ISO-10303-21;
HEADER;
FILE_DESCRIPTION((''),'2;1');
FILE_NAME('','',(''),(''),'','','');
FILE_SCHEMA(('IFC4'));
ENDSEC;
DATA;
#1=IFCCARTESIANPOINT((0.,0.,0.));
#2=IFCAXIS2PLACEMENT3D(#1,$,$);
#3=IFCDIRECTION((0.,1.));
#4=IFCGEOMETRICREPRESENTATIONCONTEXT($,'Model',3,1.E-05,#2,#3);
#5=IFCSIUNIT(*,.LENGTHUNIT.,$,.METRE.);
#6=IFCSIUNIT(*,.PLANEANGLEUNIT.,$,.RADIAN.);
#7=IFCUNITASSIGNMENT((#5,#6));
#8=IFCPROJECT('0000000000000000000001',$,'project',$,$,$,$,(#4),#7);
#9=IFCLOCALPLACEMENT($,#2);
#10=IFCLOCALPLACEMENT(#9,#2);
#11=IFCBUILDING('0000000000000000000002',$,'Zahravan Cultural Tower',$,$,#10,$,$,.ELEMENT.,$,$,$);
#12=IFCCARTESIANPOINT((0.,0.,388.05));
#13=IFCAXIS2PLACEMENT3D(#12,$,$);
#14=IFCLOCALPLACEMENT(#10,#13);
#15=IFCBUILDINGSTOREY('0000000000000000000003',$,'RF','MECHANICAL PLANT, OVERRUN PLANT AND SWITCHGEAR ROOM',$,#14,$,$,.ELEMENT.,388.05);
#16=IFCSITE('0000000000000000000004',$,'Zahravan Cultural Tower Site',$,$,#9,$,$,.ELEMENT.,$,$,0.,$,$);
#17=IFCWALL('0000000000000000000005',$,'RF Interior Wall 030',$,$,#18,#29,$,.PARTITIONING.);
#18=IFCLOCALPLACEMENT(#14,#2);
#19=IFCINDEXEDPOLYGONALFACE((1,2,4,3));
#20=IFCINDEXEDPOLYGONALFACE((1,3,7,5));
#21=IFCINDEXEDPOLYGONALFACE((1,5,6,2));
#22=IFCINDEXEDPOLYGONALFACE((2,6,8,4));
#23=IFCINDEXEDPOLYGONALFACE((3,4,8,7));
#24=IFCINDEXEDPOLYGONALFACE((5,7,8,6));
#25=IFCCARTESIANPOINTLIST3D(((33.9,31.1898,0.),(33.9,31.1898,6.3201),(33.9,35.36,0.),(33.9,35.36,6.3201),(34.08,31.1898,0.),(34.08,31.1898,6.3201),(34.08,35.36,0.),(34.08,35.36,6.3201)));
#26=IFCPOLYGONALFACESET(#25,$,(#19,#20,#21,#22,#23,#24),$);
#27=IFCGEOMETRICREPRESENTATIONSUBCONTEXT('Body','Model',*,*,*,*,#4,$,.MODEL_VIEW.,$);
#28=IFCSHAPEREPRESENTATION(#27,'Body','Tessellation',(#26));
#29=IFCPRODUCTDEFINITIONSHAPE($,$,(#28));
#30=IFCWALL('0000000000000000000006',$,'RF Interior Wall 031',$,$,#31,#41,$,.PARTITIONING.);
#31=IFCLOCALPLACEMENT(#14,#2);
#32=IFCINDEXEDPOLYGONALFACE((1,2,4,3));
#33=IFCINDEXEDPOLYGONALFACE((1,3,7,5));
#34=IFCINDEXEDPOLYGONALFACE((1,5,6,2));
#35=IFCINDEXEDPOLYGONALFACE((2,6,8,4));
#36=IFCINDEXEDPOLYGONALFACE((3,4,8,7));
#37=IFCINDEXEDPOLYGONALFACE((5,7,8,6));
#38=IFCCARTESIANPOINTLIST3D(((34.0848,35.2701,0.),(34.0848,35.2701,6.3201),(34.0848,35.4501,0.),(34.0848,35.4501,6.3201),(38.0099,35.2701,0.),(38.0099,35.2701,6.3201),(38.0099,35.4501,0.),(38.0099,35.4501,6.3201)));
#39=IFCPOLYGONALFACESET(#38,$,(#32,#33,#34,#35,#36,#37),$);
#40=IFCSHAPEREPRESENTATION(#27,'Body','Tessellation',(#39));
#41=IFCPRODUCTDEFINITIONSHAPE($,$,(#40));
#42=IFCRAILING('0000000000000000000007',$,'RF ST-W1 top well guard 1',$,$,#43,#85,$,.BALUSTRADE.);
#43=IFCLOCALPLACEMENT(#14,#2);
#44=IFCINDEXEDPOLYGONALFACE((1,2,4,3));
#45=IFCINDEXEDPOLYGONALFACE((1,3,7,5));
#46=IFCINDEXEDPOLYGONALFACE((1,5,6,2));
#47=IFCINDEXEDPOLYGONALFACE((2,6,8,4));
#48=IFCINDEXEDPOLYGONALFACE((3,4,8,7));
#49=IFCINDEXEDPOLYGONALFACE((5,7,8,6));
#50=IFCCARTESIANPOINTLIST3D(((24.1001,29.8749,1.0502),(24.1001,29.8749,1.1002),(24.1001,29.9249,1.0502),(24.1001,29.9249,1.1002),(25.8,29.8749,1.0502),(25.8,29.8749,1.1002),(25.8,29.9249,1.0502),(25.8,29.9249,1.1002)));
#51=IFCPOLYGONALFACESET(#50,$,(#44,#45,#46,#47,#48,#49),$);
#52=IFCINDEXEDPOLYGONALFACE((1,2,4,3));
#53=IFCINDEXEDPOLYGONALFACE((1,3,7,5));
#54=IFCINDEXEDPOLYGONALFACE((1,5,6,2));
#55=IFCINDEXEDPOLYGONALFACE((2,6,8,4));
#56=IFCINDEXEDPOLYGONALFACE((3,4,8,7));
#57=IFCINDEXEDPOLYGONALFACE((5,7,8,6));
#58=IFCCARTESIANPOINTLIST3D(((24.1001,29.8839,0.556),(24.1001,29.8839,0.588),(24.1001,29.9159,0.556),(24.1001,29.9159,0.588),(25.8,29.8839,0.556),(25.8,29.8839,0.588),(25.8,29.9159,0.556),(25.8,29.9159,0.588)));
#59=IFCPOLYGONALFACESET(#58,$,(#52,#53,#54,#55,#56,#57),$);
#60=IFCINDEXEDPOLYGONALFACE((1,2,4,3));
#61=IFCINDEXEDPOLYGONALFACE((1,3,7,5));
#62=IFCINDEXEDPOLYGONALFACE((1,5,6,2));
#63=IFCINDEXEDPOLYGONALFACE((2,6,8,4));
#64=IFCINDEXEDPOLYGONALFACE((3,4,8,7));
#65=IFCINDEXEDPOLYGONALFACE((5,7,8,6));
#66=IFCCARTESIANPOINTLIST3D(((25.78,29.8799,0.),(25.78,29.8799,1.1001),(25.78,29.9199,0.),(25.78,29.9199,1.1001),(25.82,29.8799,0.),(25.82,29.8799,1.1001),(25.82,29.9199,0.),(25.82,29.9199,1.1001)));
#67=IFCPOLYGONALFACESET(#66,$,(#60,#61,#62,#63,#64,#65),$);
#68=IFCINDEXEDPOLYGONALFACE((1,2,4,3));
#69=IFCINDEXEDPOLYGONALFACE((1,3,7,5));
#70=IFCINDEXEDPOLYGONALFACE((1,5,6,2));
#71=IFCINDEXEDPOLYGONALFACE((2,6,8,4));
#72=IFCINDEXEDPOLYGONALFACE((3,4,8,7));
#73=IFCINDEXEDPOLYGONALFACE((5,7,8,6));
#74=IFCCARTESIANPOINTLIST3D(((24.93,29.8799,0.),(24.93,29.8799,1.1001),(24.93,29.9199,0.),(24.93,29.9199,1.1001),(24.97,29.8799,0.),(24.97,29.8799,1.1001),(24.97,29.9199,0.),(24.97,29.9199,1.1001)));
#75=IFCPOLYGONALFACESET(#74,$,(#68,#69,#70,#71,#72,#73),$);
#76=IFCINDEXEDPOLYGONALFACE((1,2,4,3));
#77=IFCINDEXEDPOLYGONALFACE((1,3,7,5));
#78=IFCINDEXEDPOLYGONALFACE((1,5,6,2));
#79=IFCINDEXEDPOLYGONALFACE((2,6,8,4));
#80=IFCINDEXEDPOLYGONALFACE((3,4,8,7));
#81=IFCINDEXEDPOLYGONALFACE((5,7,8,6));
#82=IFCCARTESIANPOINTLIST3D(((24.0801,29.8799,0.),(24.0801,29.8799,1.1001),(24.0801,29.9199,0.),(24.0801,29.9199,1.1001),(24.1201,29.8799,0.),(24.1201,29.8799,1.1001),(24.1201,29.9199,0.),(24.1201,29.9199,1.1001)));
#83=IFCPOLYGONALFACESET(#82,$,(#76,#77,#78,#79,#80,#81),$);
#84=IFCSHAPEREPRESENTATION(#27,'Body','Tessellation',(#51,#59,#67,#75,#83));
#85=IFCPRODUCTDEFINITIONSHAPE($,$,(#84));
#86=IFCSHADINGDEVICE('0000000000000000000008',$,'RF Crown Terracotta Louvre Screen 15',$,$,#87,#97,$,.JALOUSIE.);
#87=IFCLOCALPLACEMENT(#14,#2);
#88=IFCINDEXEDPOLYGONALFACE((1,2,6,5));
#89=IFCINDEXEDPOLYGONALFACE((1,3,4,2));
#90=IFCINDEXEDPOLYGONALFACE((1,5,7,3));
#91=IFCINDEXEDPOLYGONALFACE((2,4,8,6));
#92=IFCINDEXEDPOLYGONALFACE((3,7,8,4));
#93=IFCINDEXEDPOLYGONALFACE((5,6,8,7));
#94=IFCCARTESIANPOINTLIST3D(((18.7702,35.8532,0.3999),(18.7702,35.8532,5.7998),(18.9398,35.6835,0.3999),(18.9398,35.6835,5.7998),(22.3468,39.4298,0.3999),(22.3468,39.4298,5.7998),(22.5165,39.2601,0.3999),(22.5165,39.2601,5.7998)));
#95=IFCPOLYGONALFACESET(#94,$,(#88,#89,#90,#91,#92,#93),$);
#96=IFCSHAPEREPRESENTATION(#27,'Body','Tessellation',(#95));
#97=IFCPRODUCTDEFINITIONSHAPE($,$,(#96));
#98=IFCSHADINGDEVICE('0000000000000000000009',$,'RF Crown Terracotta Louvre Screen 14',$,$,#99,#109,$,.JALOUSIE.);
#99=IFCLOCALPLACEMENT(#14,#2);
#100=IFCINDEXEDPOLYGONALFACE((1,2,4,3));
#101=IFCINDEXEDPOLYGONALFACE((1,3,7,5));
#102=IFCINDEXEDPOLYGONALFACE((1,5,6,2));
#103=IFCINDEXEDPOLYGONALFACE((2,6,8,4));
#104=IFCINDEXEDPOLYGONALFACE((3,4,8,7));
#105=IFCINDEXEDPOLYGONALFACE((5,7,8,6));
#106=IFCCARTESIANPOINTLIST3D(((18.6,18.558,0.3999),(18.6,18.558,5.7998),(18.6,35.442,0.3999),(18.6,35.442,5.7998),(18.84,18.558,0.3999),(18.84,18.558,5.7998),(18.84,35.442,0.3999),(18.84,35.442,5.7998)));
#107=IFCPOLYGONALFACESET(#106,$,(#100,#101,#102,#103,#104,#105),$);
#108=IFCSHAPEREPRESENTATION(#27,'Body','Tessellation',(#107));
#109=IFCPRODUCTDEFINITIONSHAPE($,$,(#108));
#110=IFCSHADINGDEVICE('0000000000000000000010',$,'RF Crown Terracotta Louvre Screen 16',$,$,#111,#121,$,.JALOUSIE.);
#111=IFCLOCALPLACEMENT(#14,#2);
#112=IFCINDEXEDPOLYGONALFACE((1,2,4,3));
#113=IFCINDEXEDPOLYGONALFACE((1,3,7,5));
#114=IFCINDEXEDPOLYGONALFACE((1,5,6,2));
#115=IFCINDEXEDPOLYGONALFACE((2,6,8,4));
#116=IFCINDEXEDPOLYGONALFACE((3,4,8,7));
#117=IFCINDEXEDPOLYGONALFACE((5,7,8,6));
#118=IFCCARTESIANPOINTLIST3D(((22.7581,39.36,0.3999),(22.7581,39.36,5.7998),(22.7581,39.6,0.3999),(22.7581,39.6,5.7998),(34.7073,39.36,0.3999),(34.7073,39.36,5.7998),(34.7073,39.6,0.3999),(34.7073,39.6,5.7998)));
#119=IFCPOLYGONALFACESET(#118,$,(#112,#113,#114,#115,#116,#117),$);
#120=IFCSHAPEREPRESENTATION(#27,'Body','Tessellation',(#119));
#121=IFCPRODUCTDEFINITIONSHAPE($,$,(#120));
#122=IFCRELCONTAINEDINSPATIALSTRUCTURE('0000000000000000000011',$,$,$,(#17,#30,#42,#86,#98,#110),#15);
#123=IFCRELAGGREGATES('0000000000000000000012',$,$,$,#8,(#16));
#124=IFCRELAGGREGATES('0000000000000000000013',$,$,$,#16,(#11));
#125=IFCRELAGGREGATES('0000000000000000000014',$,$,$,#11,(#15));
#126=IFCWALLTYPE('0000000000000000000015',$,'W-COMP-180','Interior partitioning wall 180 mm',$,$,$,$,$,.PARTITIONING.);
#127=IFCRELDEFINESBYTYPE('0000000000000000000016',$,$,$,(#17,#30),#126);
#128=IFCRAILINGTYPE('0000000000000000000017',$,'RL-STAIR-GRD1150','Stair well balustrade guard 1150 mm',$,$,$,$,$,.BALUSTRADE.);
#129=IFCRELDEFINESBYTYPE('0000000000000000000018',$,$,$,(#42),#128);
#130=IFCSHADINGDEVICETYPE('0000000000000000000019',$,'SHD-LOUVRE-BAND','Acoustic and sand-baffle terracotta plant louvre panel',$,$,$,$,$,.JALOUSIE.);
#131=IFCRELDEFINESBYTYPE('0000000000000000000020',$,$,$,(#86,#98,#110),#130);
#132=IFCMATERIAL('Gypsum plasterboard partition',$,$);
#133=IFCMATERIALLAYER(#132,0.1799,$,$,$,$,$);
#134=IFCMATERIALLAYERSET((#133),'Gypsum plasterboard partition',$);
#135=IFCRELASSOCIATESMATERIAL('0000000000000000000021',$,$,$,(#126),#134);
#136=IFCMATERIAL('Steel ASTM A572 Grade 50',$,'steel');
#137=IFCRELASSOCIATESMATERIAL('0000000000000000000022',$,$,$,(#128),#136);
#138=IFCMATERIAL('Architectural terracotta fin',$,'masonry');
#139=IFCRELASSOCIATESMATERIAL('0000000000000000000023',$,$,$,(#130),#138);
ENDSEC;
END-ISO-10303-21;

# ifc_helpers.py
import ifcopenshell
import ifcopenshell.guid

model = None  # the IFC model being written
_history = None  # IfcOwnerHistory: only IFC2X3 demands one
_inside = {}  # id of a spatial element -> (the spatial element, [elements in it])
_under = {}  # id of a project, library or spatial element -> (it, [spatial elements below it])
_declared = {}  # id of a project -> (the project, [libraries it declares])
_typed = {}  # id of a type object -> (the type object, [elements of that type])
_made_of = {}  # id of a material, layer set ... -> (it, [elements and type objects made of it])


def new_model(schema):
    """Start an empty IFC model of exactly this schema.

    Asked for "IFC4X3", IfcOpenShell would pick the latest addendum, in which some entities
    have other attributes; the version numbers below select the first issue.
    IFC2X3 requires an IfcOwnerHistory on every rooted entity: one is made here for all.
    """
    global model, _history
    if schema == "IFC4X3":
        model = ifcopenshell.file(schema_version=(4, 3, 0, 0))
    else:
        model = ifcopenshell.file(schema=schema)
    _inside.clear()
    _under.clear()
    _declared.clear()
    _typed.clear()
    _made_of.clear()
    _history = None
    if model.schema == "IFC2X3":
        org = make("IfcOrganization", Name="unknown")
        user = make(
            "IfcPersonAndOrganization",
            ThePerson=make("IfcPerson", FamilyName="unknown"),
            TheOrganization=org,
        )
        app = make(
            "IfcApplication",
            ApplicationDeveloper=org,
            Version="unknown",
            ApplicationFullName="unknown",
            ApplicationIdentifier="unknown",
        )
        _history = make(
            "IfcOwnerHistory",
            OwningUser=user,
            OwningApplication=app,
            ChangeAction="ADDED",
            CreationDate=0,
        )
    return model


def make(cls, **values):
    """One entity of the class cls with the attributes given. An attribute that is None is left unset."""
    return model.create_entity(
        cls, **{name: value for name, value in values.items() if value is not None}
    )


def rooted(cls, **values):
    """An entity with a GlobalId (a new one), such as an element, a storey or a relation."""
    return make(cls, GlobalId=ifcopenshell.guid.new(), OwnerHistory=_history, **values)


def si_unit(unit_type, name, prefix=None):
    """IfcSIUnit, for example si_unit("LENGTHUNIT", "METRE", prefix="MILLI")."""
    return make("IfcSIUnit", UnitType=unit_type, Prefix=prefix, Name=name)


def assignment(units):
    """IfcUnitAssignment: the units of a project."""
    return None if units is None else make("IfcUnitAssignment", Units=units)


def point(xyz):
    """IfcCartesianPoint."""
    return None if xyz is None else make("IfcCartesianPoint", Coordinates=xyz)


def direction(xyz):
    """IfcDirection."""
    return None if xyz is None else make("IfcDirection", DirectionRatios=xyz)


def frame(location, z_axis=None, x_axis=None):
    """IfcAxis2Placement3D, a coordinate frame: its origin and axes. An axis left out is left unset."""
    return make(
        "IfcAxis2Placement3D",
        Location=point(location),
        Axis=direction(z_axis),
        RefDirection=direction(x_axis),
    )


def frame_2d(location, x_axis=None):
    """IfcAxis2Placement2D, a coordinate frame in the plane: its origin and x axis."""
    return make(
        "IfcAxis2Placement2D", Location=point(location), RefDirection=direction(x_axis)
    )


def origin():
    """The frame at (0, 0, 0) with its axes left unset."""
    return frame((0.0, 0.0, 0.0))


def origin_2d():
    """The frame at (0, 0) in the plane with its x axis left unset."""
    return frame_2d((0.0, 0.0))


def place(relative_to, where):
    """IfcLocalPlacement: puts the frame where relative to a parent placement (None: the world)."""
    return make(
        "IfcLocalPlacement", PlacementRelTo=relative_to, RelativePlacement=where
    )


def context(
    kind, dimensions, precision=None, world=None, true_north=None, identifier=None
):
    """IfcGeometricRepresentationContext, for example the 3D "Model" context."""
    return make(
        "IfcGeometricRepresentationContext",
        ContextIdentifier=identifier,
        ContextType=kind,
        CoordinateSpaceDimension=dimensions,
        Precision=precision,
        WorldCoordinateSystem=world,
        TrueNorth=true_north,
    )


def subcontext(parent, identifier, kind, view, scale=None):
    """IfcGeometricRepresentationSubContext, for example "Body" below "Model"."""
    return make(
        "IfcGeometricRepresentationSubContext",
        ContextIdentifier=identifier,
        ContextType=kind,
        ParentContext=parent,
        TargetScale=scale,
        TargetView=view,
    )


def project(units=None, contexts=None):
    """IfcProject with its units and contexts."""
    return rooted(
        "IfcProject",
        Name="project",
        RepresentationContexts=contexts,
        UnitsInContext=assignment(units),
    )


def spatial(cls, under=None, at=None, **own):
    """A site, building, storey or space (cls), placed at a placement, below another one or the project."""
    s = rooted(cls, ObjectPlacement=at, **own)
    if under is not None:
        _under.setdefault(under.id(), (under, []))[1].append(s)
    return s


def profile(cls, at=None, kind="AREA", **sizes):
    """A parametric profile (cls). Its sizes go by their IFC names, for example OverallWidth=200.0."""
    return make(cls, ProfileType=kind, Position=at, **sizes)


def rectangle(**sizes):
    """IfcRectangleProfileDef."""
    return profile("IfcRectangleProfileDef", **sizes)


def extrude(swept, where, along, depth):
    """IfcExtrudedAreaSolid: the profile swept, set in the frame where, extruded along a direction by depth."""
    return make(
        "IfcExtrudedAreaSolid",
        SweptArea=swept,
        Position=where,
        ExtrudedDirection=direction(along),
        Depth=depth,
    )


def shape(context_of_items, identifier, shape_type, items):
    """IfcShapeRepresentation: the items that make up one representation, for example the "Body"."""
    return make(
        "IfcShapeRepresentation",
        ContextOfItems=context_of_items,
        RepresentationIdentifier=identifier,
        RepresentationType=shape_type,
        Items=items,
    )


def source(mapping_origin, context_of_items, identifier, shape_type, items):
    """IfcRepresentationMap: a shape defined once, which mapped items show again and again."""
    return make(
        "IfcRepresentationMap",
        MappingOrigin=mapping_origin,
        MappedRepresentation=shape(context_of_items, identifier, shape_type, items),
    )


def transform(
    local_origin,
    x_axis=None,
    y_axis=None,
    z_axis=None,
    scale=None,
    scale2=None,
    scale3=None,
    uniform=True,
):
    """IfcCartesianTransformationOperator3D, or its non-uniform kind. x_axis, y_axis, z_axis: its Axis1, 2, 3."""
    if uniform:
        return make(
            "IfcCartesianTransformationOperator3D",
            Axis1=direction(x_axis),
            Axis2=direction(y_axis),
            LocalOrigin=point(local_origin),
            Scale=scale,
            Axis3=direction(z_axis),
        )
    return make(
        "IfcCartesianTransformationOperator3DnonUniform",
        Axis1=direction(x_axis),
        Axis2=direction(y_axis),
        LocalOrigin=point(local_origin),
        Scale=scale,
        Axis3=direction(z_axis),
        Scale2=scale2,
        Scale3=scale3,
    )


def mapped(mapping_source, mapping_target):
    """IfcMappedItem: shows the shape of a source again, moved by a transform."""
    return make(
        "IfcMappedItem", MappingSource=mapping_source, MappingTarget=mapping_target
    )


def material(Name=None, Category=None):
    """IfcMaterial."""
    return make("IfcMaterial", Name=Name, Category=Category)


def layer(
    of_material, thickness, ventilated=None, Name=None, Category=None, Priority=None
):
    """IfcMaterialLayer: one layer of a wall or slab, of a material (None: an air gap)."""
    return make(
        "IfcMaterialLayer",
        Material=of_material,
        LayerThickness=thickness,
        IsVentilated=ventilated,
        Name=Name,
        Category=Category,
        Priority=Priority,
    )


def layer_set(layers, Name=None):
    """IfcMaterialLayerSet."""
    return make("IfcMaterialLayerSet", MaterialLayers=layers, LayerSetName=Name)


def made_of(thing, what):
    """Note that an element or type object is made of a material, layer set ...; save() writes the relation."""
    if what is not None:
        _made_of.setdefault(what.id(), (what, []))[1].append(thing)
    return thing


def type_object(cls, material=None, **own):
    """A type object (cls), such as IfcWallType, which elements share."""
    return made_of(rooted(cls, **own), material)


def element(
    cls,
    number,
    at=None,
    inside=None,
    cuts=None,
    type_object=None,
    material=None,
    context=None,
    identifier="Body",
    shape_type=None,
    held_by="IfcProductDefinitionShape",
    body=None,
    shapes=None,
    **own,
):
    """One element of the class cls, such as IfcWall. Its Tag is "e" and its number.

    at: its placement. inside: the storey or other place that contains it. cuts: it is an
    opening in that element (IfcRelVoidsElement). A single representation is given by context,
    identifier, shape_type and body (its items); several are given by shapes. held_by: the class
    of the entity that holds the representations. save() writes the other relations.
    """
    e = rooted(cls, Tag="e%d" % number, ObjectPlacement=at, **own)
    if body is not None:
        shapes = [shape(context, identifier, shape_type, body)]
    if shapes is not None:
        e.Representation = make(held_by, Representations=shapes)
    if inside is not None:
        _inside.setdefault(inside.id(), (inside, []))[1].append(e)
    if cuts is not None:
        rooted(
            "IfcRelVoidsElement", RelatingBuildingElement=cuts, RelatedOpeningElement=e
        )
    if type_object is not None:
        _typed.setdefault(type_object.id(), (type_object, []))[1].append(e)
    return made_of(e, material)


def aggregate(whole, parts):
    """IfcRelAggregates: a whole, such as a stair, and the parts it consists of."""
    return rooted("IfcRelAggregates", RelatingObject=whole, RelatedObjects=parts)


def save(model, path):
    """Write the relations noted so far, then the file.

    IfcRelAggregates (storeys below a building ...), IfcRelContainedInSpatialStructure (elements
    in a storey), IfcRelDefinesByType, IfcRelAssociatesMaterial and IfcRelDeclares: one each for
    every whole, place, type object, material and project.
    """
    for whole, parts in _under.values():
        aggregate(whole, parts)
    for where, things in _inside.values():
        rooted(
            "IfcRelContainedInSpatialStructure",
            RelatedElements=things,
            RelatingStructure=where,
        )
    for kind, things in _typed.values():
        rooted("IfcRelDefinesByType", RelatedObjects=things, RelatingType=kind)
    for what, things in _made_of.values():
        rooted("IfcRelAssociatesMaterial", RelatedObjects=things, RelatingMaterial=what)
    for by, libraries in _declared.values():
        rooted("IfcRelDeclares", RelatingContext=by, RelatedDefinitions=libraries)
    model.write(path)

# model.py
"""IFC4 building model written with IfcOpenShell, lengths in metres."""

from ifc_helpers import new_model, si_unit, direction, frame, frame_2d, origin, origin_2d, place, context, subcontext, project, spatial, rectangle, extrude, source, transform, mapped, material, layer, layer_set, type_object, element, save


model = new_model("IFC4")

# Units and contexts
model_context = context("Model", 3, precision=1e-05, world=origin(), true_north=direction((0.0, 1.0)))
body_context = subcontext(model_context, "Body", "Model", "MODEL_VIEW")
ifc_project = project(units=[si_unit("LENGTHUNIT", "METRE"), si_unit("PLANEANGLEUNIT", "RADIAN")], contexts=[model_context])

# Site, building, storey
site_placement = place(None, origin())
site = spatial("IfcSite", under=ifc_project, at=site_placement, Name="Zahravan Cultural Tower Site", CompositionType="ELEMENT", RefElevation=0.0)
building_placement = place(site_placement, origin())
building = spatial("IfcBuilding", under=site, at=building_placement, Name="Zahravan Cultural Tower", CompositionType="ELEMENT")
storey_placement = place(building_placement, frame((0.0, 0.0, 388.05)))
storey = spatial("IfcBuildingStorey", under=building, at=storey_placement, Name="RF", Description="MECHANICAL PLANT, OVERRUN PLANT AND SWITCHGEAR ROOM", CompositionType="ELEMENT", Elevation=388.05)

# Shared definitions
ifc_material_1 = material(Name="Steel ASTM A572 Grade 50", Category="steel")

# Walls
ifc_material_2 = material(Name="Gypsum plasterboard partition")
ifc_layer_1 = layer(ifc_material_2, 0.1799)
ifc_layer_set_1 = layer_set([ifc_layer_1], Name="Gypsum plasterboard partition")
wall_type_1 = type_object("IfcWallType", Name="W-COMP-180", Description="Interior partitioning wall 180 mm", PredefinedType="PARTITIONING", material=ifc_layer_set_1)
shared_shape_1 = source(origin(), body_context, "Body", "SweptSolid", [
    extrude(rectangle(XDim=4.1702, YDim=0.1799, at=frame_2d((2.085, 0.0))), origin(), (0.0, 0.0, 1.0), 6.3201),
])
wall_1_placement = place(storey_placement, frame((33.99, 31.1899, 0.0), z_axis=(0.0, 0.0, 1.0), x_axis=(0.0, 1.0, 0.0)))
element("IfcWall", 1, at=wall_1_placement, inside=storey, type_object=wall_type_1, Name="RF Interior Wall 030", PredefinedType="PARTITIONING", context=body_context, shape_type="MappedRepresentation", body=[
    mapped(shared_shape_1, transform((0.0, 0.0, 0.0), x_axis=(1.0, 0.0, 0.0), y_axis=(0.0, 1.0, 0.0), z_axis=(0.0, 0.0, 1.0), scale=1.0)),
])
shared_shape_2 = source(origin(), body_context, "Body", "SweptSolid", [
    extrude(rectangle(XDim=3.925, YDim=0.1799, at=frame_2d((1.9624, 0.0))), origin(), (0.0, 0.0, 1.0), 6.3201),
])
wall_2_placement = place(storey_placement, frame((34.085, 35.3601, 0.0), z_axis=(0.0, 0.0, 1.0), x_axis=(1.0, 0.0, 0.0)))
element("IfcWall", 2, at=wall_2_placement, inside=storey, type_object=wall_type_1, Name="RF Interior Wall 031", PredefinedType="PARTITIONING", context=body_context, shape_type="MappedRepresentation", body=[
    mapped(shared_shape_2, transform((0.0, 0.0, 0.0), x_axis=(1.0, 0.0, 0.0), y_axis=(0.0, 1.0, 0.0), z_axis=(0.0, 0.0, 1.0), scale=1.0)),
])

# Railing
railing_type = type_object("IfcRailingType", Name="RL-STAIR-GRD1150", Description="Stair well balustrade guard 1150 mm", PredefinedType="BALUSTRADE", material=ifc_material_1)
railing_placement = place(storey_placement, frame((25.8, 29.8999, 0.0)))
element("IfcRailing", 3, at=railing_placement, inside=storey, type_object=railing_type, Name="RF ST-W1 top well guard 1", PredefinedType="BALUSTRADE", context=body_context, shape_type="SweptSolid", body=[
    extrude(rectangle(XDim=0.05, YDim=0.05, at=origin_2d()), frame((0.0, 0.0, 1.0752), z_axis=(-1.0, 0.0, 0.0), x_axis=(0.0, -1.0, 0.0)), (0.0, 0.0, 1.0), 1.7),
    extrude(rectangle(XDim=0.032, YDim=0.032, at=origin_2d()), frame((0.0, 0.0, 0.572), z_axis=(-1.0, 0.0, 0.0), x_axis=(0.0, -1.0, 0.0)), (0.0, 0.0, 1.0), 1.7),
    extrude(rectangle(XDim=0.04, YDim=0.04, at=origin_2d()), origin(), (0.0, 0.0, 1.0), 1.1001),
    extrude(rectangle(XDim=0.04, YDim=0.04, at=origin_2d()), frame((-0.8501, 0.0, 0.0)), (0.0, 0.0, 1.0), 1.1001),
    extrude(rectangle(XDim=0.04, YDim=0.04, at=origin_2d()), frame((-1.7, 0.0, 0.0)), (0.0, 0.0, 1.0), 1.1001),
])

# Shading devices
ifc_material_3 = material(Name="Architectural terracotta fin", Category="masonry")
shading_device_type = type_object("IfcShadingDeviceType", Name="SHD-LOUVRE-BAND", Description="Acoustic and sand-baffle terracotta plant louvre panel", PredefinedType="JALOUSIE", material=ifc_material_3)
shared_shape_3 = source(origin(), body_context, "Body", "SweptSolid", [
    extrude(rectangle(XDim=5.0581, YDim=0.24, at=origin_2d()), origin(), (0.0, 0.0, 1.0), 5.3999),
])
shading_device_1_placement = place(storey_placement, frame((20.6433, 37.5566, 0.3999), z_axis=(0.0, 0.0, 1.0), x_axis=(0.707107, 0.707107, 0.0)))
element("IfcShadingDevice", 4, at=shading_device_1_placement, inside=storey, type_object=shading_device_type, Name="RF Crown Terracotta Louvre Screen 15", PredefinedType="JALOUSIE", context=body_context, shape_type="MappedRepresentation", body=[
    mapped(shared_shape_3, transform((0.0, 0.0, 0.0), x_axis=(1.0, 0.0, 0.0), y_axis=(0.0, 1.0, 0.0), z_axis=(0.0, 0.0, 1.0), scale=1.0)),
])
shared_shape_4 = source(origin(), body_context, "Body", "SweptSolid", [
    extrude(rectangle(XDim=16.884, YDim=0.24, at=origin_2d()), origin(), (0.0, 0.0, 1.0), 5.3999),
])
shading_device_2_placement = place(storey_placement, frame((18.72, 27.0, 0.3999), z_axis=(0.0, 0.0, 1.0), x_axis=(0.0, 1.0, 0.0)))
element("IfcShadingDevice", 5, at=shading_device_2_placement, inside=storey, type_object=shading_device_type, Name="RF Crown Terracotta Louvre Screen 14", PredefinedType="JALOUSIE", context=body_context, shape_type="MappedRepresentation", body=[
    mapped(shared_shape_4, transform((0.0, 0.0, 0.0), x_axis=(1.0, 0.0, 0.0), y_axis=(0.0, 1.0, 0.0), z_axis=(0.0, 0.0, 1.0), scale=1.0)),
])
shared_shape_5 = source(origin(), body_context, "Body", "SweptSolid", [
    extrude(rectangle(XDim=11.9492, YDim=0.24, at=origin_2d()), origin(), (0.0, 0.0, 1.0), 5.3999),
])
shading_device_3_placement = place(storey_placement, frame((28.7327, 39.48, 0.3999), z_axis=(0.0, 0.0, 1.0), x_axis=(1.0, 0.0, 0.0)))
element("IfcShadingDevice", 6, at=shading_device_3_placement, inside=storey, type_object=shading_device_type, Name="RF Crown Terracotta Louvre Screen 16", PredefinedType="JALOUSIE", context=body_context, shape_type="MappedRepresentation", body=[
    mapped(shared_shape_5, transform((0.0, 0.0, 0.0), x_axis=(1.0, 0.0, 0.0), y_axis=(0.0, 1.0, 0.0), z_axis=(0.0, 0.0, 1.0), scale=1.0)),
])

save(model, "model.ifc")
